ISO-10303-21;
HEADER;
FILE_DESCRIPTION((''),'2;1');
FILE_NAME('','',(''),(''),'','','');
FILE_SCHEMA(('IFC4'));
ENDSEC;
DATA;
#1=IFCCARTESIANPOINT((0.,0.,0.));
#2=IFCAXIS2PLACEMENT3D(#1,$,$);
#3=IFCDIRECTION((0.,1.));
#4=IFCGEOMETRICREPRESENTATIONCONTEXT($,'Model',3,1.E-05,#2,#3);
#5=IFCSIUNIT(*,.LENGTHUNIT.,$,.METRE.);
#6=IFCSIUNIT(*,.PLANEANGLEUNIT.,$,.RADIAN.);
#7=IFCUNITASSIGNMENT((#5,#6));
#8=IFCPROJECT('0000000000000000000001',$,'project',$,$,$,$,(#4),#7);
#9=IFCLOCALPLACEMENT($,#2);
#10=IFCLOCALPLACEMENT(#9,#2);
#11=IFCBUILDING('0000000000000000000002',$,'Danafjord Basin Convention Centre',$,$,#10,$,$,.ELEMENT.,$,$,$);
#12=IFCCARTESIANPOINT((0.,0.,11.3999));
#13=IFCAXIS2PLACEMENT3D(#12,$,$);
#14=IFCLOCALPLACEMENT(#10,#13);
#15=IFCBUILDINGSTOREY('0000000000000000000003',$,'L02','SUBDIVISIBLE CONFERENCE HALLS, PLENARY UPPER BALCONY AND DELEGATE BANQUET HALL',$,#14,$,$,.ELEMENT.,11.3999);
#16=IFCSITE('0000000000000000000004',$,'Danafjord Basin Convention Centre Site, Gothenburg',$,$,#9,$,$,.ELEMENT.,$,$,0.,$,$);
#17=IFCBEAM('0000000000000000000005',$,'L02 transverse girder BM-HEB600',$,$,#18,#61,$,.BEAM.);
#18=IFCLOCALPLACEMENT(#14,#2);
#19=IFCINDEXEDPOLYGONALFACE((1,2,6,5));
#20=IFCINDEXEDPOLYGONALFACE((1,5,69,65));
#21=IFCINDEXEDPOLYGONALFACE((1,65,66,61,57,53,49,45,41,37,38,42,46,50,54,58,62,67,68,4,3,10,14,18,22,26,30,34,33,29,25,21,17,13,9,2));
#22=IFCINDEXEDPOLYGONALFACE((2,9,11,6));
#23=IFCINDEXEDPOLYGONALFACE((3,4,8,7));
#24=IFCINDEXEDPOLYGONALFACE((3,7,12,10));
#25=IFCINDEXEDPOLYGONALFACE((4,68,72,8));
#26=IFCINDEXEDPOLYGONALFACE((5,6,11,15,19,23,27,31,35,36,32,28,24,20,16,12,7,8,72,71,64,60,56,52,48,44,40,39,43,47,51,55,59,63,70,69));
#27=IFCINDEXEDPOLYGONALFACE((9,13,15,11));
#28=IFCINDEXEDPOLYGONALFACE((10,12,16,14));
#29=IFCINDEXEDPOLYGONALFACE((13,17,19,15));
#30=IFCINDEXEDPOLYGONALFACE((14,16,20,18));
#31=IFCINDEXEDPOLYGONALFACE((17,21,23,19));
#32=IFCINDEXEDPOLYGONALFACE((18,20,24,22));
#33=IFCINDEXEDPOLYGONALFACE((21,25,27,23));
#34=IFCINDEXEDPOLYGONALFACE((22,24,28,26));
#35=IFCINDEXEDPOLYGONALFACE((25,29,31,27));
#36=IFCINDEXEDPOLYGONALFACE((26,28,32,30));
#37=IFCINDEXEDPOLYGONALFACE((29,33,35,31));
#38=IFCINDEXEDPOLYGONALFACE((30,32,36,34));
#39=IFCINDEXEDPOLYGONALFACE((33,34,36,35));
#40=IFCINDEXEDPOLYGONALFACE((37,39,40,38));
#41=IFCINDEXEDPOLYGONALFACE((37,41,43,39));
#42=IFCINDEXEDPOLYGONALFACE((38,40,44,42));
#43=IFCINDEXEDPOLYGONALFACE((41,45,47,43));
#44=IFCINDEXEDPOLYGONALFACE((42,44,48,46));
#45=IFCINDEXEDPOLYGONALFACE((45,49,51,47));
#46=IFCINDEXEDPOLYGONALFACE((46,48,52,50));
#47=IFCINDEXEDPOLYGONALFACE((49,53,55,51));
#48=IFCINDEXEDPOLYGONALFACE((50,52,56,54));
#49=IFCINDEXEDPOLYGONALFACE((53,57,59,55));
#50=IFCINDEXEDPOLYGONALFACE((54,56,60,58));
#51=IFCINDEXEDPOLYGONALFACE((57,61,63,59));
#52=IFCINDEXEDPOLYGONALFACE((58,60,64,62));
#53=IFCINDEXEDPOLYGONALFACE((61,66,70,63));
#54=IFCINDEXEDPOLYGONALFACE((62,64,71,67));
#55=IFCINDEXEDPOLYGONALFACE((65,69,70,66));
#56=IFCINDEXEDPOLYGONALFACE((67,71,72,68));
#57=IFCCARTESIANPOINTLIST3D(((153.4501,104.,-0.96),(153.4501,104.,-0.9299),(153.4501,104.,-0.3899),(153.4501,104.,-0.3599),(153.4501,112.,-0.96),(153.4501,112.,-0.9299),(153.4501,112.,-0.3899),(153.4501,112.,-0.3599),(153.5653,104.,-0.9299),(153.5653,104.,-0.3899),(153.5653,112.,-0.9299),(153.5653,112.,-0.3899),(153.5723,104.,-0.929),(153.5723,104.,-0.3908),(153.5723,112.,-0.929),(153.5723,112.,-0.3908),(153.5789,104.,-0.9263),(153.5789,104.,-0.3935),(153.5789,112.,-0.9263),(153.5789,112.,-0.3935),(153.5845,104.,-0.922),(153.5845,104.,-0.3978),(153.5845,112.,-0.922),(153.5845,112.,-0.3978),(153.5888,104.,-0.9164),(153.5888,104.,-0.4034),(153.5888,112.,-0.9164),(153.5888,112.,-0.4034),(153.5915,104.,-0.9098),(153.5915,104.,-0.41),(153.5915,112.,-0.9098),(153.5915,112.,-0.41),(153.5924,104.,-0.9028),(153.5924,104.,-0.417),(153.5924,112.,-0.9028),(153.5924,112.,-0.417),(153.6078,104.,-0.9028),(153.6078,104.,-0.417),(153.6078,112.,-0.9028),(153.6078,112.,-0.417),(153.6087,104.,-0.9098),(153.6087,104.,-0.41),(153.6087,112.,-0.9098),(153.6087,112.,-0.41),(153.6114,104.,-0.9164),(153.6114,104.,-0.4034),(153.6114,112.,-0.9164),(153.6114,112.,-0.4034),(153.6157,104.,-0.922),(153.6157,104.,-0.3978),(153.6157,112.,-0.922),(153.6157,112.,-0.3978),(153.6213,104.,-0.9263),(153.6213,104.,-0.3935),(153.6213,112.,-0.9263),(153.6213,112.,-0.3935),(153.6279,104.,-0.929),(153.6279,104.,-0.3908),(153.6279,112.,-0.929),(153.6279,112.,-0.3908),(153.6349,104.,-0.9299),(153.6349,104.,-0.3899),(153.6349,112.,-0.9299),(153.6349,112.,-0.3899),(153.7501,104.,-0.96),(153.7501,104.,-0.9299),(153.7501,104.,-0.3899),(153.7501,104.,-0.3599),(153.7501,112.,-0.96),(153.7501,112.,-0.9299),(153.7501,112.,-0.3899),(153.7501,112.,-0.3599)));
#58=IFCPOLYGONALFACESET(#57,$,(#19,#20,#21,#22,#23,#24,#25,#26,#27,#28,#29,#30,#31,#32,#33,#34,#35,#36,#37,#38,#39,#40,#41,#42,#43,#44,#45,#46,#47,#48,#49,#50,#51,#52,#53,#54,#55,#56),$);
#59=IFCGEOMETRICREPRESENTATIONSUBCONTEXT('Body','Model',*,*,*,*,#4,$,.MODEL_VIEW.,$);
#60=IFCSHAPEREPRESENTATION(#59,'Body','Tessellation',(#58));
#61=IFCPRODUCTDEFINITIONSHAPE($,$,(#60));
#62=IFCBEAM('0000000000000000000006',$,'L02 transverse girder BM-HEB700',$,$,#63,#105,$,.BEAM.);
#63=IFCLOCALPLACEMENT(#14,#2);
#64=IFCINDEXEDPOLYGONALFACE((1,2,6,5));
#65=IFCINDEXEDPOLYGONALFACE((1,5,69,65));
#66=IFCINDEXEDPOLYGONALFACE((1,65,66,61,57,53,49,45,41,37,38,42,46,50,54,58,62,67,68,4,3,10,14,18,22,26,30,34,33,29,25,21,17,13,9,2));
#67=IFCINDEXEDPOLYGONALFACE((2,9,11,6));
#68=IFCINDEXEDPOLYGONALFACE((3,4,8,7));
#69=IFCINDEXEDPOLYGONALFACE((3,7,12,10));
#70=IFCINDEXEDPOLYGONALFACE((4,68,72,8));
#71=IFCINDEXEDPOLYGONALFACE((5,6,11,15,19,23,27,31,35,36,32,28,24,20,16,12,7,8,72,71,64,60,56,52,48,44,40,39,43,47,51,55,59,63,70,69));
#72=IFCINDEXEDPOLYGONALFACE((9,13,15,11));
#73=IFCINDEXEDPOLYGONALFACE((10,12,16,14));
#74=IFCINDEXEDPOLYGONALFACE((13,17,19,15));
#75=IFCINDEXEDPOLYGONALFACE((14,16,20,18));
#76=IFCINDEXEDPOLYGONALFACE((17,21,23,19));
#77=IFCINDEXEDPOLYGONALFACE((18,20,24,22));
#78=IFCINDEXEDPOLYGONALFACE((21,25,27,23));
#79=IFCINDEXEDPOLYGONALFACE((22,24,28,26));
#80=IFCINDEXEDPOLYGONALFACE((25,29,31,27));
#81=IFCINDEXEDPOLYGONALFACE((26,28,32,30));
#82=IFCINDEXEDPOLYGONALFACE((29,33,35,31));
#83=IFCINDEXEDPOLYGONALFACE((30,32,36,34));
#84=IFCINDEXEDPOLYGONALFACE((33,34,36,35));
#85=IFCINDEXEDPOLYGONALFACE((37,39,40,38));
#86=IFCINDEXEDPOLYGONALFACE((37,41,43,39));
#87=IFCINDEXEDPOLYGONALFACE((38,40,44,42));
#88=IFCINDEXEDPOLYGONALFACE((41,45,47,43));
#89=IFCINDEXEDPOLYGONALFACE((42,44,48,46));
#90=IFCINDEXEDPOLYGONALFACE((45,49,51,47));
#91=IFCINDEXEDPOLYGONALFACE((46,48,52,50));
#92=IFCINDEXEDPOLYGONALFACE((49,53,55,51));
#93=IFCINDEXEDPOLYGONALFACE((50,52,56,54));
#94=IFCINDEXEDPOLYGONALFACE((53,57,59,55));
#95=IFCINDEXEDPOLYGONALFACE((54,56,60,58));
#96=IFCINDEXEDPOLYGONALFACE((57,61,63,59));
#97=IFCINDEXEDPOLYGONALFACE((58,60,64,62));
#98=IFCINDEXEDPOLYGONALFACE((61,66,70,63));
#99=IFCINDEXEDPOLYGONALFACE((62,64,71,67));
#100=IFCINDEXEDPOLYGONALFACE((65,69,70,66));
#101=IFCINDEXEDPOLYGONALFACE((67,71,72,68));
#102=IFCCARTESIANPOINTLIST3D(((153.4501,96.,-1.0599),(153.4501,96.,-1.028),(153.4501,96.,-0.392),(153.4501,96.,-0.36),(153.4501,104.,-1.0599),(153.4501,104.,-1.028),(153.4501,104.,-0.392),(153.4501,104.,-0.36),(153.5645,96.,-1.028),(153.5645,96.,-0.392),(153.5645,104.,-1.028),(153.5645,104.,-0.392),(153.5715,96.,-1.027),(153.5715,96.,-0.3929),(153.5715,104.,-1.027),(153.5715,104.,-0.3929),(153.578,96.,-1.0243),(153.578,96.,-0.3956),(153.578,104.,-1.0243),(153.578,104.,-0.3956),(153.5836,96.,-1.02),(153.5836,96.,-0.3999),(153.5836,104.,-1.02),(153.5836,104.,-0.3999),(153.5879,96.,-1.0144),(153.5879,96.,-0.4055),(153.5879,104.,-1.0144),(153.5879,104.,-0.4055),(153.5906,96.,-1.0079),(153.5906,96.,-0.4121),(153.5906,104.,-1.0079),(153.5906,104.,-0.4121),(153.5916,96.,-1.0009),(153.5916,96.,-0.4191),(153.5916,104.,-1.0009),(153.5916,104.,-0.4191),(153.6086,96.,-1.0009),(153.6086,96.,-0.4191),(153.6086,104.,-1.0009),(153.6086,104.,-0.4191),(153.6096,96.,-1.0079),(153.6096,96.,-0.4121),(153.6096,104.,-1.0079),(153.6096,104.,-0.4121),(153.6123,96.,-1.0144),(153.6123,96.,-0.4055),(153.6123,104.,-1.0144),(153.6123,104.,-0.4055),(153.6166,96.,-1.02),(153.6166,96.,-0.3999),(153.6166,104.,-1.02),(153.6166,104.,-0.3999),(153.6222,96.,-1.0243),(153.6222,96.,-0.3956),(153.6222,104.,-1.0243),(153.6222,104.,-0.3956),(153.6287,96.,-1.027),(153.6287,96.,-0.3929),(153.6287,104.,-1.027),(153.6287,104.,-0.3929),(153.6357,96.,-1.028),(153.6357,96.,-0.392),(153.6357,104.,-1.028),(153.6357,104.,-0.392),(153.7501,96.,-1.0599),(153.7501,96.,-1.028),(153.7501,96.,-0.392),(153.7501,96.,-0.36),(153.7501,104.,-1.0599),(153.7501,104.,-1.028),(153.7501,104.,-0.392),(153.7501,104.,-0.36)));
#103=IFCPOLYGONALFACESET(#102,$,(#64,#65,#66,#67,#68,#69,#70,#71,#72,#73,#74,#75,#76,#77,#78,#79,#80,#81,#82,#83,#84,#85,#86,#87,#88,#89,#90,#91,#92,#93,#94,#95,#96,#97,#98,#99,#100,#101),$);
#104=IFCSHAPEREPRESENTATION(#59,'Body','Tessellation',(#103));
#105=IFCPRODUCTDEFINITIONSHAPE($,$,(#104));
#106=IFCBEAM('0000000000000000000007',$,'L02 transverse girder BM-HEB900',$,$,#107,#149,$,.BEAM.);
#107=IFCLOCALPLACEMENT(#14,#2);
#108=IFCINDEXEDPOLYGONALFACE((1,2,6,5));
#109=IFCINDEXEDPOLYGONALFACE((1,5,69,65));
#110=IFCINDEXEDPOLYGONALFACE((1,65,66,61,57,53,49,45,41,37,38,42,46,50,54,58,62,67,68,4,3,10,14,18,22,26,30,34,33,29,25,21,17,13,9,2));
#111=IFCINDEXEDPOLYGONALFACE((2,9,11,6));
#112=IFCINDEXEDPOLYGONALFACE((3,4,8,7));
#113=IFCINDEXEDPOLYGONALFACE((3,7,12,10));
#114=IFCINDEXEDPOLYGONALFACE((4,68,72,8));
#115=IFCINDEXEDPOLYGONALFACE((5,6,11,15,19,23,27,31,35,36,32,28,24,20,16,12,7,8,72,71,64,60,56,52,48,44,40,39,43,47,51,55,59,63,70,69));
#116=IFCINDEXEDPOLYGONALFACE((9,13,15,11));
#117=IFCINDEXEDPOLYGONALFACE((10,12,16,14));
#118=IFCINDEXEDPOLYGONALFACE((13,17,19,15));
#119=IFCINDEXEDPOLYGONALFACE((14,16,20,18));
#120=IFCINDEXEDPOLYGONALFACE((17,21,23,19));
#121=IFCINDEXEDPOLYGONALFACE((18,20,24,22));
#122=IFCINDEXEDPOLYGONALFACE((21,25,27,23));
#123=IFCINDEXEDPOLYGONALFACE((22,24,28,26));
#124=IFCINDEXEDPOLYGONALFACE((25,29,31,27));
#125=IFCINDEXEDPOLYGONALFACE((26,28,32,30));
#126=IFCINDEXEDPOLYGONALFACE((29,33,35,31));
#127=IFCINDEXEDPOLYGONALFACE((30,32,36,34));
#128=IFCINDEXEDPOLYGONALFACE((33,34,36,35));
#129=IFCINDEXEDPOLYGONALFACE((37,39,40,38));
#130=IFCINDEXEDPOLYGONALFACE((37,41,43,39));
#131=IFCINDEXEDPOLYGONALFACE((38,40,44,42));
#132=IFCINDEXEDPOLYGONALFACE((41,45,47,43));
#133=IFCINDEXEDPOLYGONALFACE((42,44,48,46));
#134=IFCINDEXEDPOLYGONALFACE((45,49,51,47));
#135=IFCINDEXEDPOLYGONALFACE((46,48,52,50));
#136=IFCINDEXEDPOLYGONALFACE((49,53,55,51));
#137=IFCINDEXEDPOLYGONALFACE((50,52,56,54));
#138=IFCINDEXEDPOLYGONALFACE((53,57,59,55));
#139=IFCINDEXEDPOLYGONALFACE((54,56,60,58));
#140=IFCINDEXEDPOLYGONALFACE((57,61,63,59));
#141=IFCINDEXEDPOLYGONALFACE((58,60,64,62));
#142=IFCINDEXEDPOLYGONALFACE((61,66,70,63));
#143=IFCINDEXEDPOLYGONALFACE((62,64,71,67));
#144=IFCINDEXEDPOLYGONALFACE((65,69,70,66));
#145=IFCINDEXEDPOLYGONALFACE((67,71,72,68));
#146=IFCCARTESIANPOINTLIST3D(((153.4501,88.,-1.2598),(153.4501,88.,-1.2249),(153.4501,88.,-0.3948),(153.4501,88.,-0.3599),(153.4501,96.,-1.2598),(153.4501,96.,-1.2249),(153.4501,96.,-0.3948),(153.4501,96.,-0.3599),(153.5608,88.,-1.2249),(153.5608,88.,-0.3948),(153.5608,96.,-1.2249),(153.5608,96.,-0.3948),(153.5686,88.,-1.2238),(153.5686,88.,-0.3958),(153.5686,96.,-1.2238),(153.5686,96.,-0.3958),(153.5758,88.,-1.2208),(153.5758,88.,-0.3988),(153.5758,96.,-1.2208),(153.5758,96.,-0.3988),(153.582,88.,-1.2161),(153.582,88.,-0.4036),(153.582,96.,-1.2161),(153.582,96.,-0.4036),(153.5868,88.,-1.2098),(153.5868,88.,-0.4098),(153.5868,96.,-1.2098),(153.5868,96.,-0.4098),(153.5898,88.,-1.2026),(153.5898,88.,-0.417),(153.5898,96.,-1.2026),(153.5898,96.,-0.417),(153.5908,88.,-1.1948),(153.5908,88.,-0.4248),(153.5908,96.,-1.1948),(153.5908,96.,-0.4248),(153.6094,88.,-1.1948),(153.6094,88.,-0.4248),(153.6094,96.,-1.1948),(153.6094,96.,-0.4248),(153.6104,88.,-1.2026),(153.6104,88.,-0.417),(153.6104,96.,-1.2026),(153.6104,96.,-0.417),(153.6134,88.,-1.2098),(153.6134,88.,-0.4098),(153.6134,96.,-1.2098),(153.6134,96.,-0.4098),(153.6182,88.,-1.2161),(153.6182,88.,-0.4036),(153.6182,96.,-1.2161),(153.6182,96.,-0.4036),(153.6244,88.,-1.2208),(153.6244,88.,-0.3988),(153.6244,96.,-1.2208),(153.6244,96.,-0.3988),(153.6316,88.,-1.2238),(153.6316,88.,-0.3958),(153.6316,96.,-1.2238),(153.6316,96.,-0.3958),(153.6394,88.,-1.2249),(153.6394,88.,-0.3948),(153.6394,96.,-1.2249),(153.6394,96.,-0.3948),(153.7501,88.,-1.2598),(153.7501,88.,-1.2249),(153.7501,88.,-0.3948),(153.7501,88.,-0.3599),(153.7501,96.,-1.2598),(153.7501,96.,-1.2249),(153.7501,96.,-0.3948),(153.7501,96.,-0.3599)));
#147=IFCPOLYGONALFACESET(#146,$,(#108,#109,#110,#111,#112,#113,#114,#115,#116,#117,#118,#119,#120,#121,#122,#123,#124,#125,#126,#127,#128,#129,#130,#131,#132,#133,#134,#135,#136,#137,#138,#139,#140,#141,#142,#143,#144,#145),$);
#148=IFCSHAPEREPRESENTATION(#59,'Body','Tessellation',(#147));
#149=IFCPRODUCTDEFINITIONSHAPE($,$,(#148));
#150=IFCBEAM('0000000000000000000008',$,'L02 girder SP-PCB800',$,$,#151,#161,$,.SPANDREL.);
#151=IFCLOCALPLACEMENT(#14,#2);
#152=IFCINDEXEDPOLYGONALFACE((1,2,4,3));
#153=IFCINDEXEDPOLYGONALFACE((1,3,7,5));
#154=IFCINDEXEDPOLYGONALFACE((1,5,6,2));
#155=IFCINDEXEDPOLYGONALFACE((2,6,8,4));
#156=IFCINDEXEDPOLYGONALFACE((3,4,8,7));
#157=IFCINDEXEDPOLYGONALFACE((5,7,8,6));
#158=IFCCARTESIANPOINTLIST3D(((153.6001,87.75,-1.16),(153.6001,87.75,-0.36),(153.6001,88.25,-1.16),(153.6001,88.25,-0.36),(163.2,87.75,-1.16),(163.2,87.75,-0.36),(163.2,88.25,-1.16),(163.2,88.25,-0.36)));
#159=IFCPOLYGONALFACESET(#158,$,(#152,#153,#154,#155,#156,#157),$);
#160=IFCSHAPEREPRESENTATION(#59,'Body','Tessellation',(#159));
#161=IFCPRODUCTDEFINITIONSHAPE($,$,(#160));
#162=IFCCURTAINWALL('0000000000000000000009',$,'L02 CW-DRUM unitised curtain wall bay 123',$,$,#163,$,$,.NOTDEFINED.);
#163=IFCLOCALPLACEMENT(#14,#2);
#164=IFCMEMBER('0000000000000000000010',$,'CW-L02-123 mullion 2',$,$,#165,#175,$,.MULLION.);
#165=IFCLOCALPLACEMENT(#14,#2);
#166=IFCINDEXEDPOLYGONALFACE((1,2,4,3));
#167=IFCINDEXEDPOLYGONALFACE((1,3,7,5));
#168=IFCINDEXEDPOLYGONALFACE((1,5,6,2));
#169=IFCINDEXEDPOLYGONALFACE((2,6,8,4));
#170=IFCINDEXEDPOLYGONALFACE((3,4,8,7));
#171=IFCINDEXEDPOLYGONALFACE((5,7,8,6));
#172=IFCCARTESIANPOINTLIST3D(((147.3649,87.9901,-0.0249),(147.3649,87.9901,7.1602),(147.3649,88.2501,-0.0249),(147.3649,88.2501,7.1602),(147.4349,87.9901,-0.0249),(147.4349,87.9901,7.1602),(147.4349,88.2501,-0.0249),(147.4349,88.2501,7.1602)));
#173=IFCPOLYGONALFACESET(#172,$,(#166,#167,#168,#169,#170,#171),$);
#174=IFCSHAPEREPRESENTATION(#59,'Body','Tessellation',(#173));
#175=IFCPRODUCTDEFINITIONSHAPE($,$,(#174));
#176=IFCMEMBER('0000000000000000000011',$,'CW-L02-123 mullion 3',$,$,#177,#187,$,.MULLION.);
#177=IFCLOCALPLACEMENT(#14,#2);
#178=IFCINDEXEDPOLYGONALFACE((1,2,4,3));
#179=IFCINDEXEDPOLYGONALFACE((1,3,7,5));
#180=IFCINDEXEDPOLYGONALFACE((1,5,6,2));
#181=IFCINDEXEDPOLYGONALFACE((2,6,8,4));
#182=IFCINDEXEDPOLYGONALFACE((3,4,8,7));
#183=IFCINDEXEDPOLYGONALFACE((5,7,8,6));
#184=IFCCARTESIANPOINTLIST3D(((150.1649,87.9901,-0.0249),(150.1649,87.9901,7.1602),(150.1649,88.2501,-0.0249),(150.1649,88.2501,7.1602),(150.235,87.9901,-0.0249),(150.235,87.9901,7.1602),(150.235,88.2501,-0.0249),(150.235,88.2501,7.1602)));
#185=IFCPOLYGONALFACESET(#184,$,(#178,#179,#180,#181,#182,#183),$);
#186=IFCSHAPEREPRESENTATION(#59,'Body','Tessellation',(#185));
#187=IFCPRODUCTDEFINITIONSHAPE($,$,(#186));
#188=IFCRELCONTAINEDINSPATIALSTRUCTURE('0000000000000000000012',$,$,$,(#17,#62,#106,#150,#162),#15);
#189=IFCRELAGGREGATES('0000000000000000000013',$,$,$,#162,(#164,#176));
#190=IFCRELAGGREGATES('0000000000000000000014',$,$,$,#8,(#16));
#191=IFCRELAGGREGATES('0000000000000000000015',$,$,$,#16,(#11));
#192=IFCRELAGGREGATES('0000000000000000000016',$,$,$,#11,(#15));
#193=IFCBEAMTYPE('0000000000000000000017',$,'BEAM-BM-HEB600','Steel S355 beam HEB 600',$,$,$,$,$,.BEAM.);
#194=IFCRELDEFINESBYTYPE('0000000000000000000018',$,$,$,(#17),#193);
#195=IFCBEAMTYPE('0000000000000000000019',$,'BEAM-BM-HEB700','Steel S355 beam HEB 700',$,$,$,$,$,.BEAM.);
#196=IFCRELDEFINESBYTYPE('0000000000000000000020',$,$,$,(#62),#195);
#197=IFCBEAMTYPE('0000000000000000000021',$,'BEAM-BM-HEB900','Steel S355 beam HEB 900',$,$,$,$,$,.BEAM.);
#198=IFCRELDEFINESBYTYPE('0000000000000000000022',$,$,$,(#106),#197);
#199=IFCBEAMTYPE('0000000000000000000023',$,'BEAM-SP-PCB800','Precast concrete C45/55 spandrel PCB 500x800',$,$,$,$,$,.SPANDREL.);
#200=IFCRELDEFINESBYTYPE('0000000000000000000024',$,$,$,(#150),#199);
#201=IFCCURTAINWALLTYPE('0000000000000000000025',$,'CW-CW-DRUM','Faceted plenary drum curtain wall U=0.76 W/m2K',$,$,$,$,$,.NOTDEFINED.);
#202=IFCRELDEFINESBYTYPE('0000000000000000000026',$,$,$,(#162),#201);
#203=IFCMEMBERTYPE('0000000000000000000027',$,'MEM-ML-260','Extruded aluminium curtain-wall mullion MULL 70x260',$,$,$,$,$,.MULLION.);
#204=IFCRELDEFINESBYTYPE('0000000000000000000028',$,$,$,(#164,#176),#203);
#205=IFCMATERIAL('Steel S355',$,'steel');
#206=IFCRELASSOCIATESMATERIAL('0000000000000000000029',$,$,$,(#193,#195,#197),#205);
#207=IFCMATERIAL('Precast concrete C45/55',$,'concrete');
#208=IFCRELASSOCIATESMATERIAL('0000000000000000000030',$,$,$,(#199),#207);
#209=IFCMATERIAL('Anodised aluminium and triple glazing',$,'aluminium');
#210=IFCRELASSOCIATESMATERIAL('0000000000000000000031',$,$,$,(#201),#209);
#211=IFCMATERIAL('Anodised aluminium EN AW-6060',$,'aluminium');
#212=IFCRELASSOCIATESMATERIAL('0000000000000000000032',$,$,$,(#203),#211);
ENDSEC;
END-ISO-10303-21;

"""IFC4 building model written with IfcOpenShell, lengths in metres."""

from ifc_helpers import new_model, si_unit, direction, frame, origin, origin_2d, place, context, subcontext, project, spatial, rectangle, i_section, extrude, material, material_profile, profile_set, type_object, element, aggregate, save


model = new_model("IFC4")

# Units and contexts
model_context = context("Model", 3, precision=1e-05, world=origin(), true_north=direction((0.0, 1.0)))
body_context = subcontext(model_context, "Body", "Model", "MODEL_VIEW")
ifc_project = project(units=[si_unit("LENGTHUNIT", "METRE"), si_unit("PLANEANGLEUNIT", "RADIAN")], contexts=[model_context])

# Site, building, storey
site_placement = place(None, origin())
site = spatial("IfcSite", under=ifc_project, at=site_placement, Name="Danafjord Basin Convention Centre Site, Gothenburg", CompositionType="ELEMENT", RefElevation=0.0)
building_placement = place(site_placement, origin())
building = spatial("IfcBuilding", under=site, at=building_placement, Name="Danafjord Basin Convention Centre", CompositionType="ELEMENT")
storey_placement = place(building_placement, frame((0.0, 0.0, 11.3999)))
storey = spatial("IfcBuildingStorey", under=building, at=storey_placement, Name="L02", Description="SUBDIVISIBLE CONFERENCE HALLS, PLENARY UPPER BALCONY AND DELEGATE BANQUET HALL", CompositionType="ELEMENT", Elevation=11.3999)

# Shared definitions
ifc_material_1 = material(Name="Steel S355", Category="steel")

# Beams
ifc_material_profile_1 = material_profile(ifc_material_1, i_section(OverallWidth=0.3, OverallDepth=0.6001, WebThickness=0.0154, FlangeThickness=0.03, FilletRadius=0.0271, at=origin_2d()), Name="HEB 600")
ifc_profile_set_1 = profile_set([ifc_material_profile_1], Name="Steel S355")
beam_type_1 = type_object("IfcBeamType", Name="BEAM-BM-HEB600", Description="Steel S355 beam HEB 600", PredefinedType="BEAM", material=ifc_profile_set_1)
beam_1_placement = place(storey_placement, frame((153.6001, 104.0, -0.6599), z_axis=(0.0, 1.0, 0.0), x_axis=(-1.0, 0.0, 0.0)))
element("IfcBeam", 1, at=beam_1_placement, inside=storey, type_object=beam_type_1, Name="L02 transverse girder BM-HEB600", PredefinedType="BEAM", context=body_context, shape_type="SweptSolid", body=[
    extrude(i_section(OverallWidth=0.3, OverallDepth=0.6001, WebThickness=0.0154, FlangeThickness=0.03, FilletRadius=0.0271, at=origin_2d()), origin(), (0.0, 0.0, 1.0), 8.0),
])
ifc_material_profile_2 = material_profile(ifc_material_1, i_section(OverallWidth=0.3, OverallDepth=0.7, WebThickness=0.0171, FlangeThickness=0.032, FilletRadius=0.0271, at=origin_2d()), Name="HEB 700")
ifc_profile_set_2 = profile_set([ifc_material_profile_2], Name="Steel S355")
beam_type_2 = type_object("IfcBeamType", Name="BEAM-BM-HEB700", Description="Steel S355 beam HEB 700", PredefinedType="BEAM", material=ifc_profile_set_2)
beam_2_placement = place(storey_placement, frame((153.6001, 96.0, -0.71), z_axis=(0.0, 1.0, 0.0), x_axis=(-1.0, 0.0, 0.0)))
element("IfcBeam", 2, at=beam_2_placement, inside=storey, type_object=beam_type_2, Name="L02 transverse girder BM-HEB700", PredefinedType="BEAM", context=body_context, shape_type="SweptSolid", body=[
    extrude(i_section(OverallWidth=0.3, OverallDepth=0.7, WebThickness=0.0171, FlangeThickness=0.032, FilletRadius=0.0271, at=origin_2d()), origin(), (0.0, 0.0, 1.0), 8.0),
])
ifc_material_profile_3 = material_profile(ifc_material_1, i_section(OverallWidth=0.3, OverallDepth=0.8999, WebThickness=0.0186, FlangeThickness=0.0349, FilletRadius=0.03, at=origin_2d()), Name="HEB 900")
ifc_profile_set_3 = profile_set([ifc_material_profile_3], Name="Steel S355")
beam_type_3 = type_object("IfcBeamType", Name="BEAM-BM-HEB900", Description="Steel S355 beam HEB 900", PredefinedType="BEAM", material=ifc_profile_set_3)
beam_3_placement = place(storey_placement, frame((153.6001, 88.0, -0.8098), z_axis=(0.0, 1.0, 0.0), x_axis=(-1.0, 0.0, 0.0)))
element("IfcBeam", 3, at=beam_3_placement, inside=storey, type_object=beam_type_3, Name="L02 transverse girder BM-HEB900", PredefinedType="BEAM", context=body_context, shape_type="SweptSolid", body=[
    extrude(i_section(OverallWidth=0.3, OverallDepth=0.8999, WebThickness=0.0186, FlangeThickness=0.0349, FilletRadius=0.03, at=origin_2d()), origin(), (0.0, 0.0, 1.0), 8.0),
])
ifc_material_2 = material(Name="Precast concrete C45/55", Category="concrete")
ifc_material_profile_4 = material_profile(ifc_material_2, rectangle(XDim=0.5, YDim=0.8, at=origin_2d()), Name="PCB 500x800")
ifc_profile_set_4 = profile_set([ifc_material_profile_4], Name="Precast concrete C45/55")
beam_type_4 = type_object("IfcBeamType", Name="BEAM-SP-PCB800", Description="Precast concrete C45/55 spandrel PCB 500x800", PredefinedType="SPANDREL", material=ifc_profile_set_4)
beam_4_placement = place(storey_placement, frame((153.6001, 88.0, -0.76), z_axis=(1.0, 0.0, 0.0), x_axis=(0.0, 1.0, 0.0)))
element("IfcBeam", 4, at=beam_4_placement, inside=storey, type_object=beam_type_4, Name="L02 girder SP-PCB800", PredefinedType="SPANDREL", context=body_context, shape_type="SweptSolid", body=[
    extrude(rectangle(XDim=0.5, YDim=0.8, at=origin_2d()), origin(), (0.0, 0.0, 1.0), 9.5999),
])

# Curtain wall, members
ifc_material_3 = material(Name="Anodised aluminium and triple glazing", Category="aluminium")
curtain_wall_type = type_object("IfcCurtainWallType", Name="CW-CW-DRUM", Description="Faceted plenary drum curtain wall U=0.76 W/m2K", PredefinedType="NOTDEFINED", material=ifc_material_3)
curtain_wall_placement = place(storey_placement, origin())
curtain_wall = element("IfcCurtainWall", 5, at=curtain_wall_placement, inside=storey, type_object=curtain_wall_type, Name="L02 CW-DRUM unitised curtain wall bay 123", PredefinedType="NOTDEFINED")
ifc_material_4 = material(Name="Anodised aluminium EN AW-6060", Category="aluminium")
ifc_material_profile_5 = material_profile(ifc_material_4, rectangle(XDim=0.0701, YDim=0.26, at=origin_2d()), Name="MULL 70x260")
ifc_profile_set_5 = profile_set([ifc_material_profile_5], Name="Anodised aluminium EN AW-6060")
member_type = type_object("IfcMemberType", Name="MEM-ML-260", Description="Extruded aluminium curtain-wall mullion MULL 70x260", PredefinedType="MULLION", material=ifc_profile_set_5)
member_1_placement = place(storey_placement, frame((147.3999, 88.1201, -0.0249), z_axis=(0.0, 0.0, 1.0), x_axis=(1.0, 0.0, 0.0)))
member_1 = element("IfcMember", 6, at=member_1_placement, type_object=member_type, Name="CW-L02-123 mullion 2", PredefinedType="MULLION", context=body_context, shape_type="SweptSolid", body=[
    extrude(rectangle(XDim=0.0701, YDim=0.26, at=origin_2d()), origin(), (0.0, 0.0, 1.0), 7.1851),
])
member_2_placement = place(storey_placement, frame((150.2, 88.1201, -0.0249), z_axis=(0.0, 0.0, 1.0), x_axis=(1.0, 0.0, 0.0)))
member_2 = element("IfcMember", 7, at=member_2_placement, type_object=member_type, Name="CW-L02-123 mullion 3", PredefinedType="MULLION", context=body_context, shape_type="SweptSolid", body=[
    extrude(rectangle(XDim=0.0701, YDim=0.26, at=origin_2d()), origin(), (0.0, 0.0, 1.0), 7.1851),
])
aggregate(curtain_wall, [member_1, member_2])

save(model, "model.ifc")
